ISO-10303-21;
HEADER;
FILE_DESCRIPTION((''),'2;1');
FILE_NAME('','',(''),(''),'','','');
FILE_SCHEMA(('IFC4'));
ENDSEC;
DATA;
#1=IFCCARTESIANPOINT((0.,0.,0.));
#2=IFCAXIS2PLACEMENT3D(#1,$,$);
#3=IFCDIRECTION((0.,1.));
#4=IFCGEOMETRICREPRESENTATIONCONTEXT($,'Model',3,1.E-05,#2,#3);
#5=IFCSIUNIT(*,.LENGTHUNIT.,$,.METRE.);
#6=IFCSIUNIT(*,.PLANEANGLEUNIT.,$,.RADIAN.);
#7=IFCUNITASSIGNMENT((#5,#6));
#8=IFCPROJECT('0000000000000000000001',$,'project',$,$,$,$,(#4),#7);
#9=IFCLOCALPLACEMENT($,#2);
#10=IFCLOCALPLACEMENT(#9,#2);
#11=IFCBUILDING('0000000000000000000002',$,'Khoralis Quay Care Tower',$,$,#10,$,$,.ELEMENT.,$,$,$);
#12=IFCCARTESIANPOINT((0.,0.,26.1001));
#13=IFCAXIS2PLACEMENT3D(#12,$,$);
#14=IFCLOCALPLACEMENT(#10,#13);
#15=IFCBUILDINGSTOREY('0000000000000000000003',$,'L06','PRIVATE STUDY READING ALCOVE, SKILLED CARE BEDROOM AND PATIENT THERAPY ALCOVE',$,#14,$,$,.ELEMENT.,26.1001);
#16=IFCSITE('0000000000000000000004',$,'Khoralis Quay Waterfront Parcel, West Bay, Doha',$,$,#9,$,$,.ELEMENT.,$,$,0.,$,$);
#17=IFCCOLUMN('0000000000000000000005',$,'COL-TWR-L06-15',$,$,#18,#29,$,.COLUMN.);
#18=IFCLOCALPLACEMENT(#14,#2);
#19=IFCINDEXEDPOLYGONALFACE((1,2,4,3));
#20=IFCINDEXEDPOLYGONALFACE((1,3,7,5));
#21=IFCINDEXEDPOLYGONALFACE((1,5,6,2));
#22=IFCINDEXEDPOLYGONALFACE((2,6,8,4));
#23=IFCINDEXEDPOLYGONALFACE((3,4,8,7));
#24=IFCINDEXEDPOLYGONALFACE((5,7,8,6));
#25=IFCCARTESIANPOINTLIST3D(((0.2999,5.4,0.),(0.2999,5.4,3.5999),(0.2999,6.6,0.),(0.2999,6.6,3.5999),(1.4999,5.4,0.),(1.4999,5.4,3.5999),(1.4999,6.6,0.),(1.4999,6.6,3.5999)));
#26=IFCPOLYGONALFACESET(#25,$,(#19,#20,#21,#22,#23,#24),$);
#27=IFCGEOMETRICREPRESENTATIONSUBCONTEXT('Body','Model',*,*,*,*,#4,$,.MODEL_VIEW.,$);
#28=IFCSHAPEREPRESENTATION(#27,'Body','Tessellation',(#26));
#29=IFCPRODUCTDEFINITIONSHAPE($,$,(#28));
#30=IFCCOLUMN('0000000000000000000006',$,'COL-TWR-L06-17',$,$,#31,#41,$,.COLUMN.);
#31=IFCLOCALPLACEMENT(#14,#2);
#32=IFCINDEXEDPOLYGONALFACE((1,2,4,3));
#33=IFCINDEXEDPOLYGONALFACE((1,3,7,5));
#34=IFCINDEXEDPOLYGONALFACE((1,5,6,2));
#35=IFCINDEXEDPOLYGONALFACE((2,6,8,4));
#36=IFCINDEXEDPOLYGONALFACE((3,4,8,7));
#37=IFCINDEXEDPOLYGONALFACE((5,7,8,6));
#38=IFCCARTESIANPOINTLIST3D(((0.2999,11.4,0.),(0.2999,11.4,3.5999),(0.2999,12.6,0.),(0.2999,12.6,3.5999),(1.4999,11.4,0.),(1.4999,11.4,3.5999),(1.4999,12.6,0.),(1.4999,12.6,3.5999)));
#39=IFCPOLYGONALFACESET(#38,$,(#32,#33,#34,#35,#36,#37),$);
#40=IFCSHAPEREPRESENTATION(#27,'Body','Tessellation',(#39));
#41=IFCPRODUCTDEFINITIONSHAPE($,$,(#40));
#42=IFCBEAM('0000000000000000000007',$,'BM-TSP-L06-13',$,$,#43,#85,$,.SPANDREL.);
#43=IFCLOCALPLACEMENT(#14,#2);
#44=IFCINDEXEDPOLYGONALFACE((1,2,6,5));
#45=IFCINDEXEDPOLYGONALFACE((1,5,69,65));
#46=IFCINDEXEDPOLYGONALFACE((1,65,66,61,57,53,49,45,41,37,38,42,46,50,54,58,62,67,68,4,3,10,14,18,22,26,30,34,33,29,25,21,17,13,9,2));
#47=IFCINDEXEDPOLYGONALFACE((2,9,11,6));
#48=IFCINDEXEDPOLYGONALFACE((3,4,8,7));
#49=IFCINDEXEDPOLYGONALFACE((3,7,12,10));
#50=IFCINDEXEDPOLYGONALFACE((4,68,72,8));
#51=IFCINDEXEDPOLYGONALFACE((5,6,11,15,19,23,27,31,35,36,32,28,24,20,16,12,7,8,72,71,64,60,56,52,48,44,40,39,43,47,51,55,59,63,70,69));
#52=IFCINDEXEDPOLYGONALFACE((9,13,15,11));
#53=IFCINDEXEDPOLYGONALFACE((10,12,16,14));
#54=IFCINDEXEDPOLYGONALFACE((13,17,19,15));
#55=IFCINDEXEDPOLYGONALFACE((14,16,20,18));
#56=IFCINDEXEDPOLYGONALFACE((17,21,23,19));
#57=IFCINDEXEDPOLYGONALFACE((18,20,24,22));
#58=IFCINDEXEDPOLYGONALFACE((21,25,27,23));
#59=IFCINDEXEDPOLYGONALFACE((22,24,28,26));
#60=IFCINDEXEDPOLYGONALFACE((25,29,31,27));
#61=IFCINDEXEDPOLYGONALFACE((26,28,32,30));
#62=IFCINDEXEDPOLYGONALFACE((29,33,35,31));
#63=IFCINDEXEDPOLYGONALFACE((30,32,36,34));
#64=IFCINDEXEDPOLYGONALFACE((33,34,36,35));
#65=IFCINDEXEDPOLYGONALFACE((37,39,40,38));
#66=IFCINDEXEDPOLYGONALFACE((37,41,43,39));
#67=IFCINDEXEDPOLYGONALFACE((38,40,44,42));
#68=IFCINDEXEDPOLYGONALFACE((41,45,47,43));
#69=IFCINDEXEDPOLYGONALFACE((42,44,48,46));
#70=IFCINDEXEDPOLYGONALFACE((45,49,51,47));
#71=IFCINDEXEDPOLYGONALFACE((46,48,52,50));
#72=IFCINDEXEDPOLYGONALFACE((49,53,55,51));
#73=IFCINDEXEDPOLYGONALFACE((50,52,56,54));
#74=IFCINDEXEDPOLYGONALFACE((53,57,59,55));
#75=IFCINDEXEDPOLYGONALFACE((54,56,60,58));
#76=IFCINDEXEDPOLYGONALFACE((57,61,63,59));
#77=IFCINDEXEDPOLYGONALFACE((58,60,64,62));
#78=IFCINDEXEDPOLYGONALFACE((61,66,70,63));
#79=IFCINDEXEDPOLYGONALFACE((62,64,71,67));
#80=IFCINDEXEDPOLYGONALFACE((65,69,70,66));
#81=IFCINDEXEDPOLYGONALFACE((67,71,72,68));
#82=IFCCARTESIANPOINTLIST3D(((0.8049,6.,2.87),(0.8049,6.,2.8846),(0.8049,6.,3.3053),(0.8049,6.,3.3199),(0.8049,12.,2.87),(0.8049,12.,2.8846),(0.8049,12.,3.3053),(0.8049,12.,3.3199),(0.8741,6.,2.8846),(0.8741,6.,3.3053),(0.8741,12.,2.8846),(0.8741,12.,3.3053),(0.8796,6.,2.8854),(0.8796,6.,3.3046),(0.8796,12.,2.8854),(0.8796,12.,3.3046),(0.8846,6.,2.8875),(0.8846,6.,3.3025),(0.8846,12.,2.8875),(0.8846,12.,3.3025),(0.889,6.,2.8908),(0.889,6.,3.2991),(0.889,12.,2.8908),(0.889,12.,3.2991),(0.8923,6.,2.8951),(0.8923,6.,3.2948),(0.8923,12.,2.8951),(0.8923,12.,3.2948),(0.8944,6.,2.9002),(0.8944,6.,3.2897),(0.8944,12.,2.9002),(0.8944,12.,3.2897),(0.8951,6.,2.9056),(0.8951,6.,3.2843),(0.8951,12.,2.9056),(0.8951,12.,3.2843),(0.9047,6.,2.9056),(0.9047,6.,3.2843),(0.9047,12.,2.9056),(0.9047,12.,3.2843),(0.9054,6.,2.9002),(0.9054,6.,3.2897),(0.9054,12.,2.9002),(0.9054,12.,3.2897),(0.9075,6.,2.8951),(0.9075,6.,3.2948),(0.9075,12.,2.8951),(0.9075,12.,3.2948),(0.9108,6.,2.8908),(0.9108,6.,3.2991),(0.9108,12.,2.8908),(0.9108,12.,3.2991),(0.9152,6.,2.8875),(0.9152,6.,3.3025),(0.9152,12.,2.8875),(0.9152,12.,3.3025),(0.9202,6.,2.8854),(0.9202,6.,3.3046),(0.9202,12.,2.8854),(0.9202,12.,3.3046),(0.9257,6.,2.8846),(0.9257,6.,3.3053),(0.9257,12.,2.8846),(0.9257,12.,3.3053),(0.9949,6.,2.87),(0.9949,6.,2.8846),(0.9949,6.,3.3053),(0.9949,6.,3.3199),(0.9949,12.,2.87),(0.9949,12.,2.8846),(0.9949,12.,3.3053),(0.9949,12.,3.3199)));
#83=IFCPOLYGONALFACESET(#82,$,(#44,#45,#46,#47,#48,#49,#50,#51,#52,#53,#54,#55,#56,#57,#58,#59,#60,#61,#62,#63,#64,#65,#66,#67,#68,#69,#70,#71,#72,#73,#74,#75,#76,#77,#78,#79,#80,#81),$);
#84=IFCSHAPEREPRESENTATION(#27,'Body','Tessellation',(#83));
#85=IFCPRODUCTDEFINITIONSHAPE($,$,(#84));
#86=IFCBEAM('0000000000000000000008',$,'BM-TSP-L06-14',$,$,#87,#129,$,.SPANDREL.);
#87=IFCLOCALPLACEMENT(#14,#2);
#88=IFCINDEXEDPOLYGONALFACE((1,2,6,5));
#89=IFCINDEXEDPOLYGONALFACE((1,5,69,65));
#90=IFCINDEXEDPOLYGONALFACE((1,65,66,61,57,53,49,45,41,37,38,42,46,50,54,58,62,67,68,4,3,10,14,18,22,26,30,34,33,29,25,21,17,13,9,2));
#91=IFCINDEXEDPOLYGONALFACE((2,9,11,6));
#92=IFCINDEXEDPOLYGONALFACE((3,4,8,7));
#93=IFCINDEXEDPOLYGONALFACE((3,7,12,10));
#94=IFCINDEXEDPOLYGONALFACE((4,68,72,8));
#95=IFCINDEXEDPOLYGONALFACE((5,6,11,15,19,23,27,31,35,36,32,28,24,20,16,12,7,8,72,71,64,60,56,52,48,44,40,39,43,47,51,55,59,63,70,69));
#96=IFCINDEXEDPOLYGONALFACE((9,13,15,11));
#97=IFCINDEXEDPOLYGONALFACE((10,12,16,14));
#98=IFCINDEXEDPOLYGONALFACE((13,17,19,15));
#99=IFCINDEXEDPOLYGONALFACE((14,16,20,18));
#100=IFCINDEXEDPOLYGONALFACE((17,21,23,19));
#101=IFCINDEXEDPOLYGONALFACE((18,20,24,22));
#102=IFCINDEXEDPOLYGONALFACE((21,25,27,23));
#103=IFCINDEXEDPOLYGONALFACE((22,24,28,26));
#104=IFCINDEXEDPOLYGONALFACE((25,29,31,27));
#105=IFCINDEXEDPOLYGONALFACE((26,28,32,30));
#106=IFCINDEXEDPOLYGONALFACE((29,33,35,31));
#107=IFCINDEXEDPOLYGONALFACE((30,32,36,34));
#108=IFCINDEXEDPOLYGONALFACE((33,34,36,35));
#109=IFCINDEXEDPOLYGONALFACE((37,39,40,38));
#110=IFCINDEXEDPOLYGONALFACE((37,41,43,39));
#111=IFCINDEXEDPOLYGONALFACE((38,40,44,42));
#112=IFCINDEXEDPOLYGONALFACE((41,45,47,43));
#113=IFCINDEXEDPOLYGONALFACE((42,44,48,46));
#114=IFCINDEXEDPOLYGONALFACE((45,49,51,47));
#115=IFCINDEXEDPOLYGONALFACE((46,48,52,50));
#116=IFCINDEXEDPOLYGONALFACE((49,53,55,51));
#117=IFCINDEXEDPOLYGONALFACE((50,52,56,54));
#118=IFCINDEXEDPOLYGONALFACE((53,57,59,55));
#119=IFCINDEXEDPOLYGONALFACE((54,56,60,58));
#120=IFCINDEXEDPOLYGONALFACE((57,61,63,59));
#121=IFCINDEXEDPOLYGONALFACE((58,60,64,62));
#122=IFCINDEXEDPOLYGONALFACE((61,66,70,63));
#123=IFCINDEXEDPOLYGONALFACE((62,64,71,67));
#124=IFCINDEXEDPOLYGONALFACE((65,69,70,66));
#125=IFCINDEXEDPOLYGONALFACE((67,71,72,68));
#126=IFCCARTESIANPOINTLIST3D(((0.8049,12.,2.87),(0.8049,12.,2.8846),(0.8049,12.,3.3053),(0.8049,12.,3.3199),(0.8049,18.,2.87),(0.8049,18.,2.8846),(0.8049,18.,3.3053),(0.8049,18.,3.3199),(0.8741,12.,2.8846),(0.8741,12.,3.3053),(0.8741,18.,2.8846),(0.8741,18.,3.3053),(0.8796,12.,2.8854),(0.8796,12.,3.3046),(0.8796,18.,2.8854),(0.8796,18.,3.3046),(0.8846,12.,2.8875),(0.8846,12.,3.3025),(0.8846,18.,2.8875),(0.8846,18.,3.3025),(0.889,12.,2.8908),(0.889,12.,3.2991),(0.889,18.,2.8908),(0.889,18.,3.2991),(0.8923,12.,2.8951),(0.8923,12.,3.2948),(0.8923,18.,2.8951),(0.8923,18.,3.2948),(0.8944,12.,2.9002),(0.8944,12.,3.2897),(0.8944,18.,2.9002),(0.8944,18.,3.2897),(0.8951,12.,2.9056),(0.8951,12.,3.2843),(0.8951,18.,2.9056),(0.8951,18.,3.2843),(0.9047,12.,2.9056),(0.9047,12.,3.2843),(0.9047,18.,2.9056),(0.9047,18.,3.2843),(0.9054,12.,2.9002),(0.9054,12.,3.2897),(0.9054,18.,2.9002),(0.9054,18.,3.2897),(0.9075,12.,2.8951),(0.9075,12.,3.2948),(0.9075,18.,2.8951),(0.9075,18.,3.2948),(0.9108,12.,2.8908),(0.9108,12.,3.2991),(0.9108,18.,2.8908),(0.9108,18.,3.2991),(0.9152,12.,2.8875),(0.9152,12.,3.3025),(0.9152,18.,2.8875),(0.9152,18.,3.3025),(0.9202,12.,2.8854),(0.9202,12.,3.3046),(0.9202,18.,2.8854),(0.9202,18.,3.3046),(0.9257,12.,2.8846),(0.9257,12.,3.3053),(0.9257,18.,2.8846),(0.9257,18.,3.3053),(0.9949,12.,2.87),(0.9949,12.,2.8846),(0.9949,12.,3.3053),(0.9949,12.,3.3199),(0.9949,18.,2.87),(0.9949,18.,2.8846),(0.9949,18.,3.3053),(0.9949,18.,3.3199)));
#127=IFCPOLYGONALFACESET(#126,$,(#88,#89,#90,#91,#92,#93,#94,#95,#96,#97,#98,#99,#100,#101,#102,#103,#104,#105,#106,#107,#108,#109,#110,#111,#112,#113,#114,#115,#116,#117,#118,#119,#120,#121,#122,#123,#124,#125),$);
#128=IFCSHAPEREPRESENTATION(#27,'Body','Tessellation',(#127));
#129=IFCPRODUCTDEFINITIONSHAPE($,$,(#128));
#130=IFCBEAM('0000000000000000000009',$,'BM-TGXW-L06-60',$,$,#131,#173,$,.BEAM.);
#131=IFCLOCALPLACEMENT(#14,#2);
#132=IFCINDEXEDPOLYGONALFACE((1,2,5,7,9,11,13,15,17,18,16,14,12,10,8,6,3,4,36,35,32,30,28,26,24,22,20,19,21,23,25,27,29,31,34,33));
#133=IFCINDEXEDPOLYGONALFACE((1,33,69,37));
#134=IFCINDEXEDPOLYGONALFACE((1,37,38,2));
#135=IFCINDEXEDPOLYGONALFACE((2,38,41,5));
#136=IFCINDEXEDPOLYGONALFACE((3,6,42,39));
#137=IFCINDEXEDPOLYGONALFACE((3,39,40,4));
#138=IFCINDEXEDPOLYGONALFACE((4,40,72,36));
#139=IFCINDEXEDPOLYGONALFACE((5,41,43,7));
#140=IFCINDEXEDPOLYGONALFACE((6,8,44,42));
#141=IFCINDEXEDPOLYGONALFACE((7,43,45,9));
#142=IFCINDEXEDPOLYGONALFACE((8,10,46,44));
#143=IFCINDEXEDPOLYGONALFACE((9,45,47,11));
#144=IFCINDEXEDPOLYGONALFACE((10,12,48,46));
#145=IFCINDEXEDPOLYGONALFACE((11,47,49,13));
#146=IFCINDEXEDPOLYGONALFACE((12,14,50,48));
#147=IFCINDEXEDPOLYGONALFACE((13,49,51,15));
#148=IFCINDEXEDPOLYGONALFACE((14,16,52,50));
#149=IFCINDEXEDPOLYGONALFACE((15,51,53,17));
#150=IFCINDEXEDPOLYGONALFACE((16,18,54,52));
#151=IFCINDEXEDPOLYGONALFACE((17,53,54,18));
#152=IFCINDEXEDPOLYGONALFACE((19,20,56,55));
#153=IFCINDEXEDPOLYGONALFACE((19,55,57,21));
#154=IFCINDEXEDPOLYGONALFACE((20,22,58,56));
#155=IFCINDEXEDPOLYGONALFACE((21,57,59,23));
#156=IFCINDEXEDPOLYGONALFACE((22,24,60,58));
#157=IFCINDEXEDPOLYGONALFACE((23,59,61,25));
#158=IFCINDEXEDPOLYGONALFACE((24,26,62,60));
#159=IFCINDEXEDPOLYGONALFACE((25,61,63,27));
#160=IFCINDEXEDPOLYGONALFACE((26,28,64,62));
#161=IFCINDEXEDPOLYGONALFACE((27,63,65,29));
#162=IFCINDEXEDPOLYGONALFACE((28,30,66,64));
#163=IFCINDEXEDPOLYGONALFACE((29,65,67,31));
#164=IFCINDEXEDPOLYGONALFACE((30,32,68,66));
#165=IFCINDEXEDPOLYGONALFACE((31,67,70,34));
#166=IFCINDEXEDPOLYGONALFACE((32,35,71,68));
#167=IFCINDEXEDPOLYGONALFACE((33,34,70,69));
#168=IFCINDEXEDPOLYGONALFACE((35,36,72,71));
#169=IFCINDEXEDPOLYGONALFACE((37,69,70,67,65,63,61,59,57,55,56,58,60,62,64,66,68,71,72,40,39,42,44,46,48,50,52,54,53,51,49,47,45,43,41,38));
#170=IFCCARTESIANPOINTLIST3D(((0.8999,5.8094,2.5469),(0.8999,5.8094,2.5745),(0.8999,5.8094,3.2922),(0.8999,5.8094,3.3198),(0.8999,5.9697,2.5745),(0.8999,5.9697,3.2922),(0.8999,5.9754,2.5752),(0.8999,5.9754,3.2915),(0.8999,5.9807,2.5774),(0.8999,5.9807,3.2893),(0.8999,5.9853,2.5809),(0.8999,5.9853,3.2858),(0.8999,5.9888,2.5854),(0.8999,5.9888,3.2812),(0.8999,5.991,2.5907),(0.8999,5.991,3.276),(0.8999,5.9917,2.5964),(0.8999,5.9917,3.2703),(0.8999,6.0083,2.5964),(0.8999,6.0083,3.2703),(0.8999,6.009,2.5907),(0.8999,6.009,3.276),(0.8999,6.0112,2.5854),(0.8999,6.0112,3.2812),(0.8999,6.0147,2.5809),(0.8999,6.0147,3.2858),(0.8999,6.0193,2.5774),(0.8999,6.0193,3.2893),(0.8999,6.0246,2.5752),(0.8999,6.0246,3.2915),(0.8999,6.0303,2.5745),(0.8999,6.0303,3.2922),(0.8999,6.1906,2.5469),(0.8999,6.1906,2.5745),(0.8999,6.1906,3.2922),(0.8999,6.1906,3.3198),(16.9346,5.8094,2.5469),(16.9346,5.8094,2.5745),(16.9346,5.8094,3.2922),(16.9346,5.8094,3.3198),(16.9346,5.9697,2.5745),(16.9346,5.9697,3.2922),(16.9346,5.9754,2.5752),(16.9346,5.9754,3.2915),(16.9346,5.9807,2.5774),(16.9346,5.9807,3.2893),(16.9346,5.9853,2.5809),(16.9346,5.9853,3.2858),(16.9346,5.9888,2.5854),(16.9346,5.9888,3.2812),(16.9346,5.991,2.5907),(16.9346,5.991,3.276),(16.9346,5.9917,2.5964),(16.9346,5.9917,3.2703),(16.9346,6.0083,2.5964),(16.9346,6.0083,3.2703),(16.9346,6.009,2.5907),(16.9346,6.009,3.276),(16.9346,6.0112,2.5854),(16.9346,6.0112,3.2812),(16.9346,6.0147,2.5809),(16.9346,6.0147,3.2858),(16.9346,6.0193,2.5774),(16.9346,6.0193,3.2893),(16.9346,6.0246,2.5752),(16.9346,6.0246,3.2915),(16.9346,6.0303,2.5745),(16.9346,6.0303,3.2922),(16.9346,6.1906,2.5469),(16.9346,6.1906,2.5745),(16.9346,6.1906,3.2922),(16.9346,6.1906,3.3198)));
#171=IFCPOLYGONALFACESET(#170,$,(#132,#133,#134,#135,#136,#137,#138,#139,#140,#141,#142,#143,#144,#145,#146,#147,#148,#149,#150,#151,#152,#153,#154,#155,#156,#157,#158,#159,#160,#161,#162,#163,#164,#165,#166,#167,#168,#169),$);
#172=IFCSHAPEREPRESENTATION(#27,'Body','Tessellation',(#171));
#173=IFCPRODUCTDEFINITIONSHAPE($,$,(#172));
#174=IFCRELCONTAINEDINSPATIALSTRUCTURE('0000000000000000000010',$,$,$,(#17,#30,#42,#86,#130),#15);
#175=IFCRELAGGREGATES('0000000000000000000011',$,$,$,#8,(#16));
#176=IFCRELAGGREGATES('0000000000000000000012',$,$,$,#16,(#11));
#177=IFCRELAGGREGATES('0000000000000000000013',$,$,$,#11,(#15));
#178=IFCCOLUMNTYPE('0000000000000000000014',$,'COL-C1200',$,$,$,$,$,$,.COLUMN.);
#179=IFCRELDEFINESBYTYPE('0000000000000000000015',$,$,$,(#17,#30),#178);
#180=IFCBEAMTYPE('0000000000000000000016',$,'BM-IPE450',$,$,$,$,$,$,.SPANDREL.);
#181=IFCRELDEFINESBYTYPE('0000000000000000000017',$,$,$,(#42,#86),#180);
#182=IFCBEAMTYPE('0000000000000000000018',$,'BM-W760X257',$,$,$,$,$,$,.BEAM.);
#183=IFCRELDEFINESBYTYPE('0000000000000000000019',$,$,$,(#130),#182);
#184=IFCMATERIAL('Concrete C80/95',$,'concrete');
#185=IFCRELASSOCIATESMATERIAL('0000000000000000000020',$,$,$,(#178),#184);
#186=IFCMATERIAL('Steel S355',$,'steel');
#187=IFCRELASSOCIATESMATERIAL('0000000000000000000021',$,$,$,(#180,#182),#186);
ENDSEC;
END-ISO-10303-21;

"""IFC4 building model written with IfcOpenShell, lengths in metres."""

from ifc_helpers import new_model, si_unit, direction, frame, origin, origin_2d, place, context, subcontext, project, spatial, rectangle, i_section, extrude, source, transform, mapped, material, material_profile, profile_set, type_object, element, save


model = new_model("IFC4")

# Units and contexts
model_context = context("Model", 3, precision=1e-05, world=origin(), true_north=direction((0.0, 1.0)))
body_context = subcontext(model_context, "Body", "Model", "MODEL_VIEW")
ifc_project = project(units=[si_unit("LENGTHUNIT", "METRE"), si_unit("PLANEANGLEUNIT", "RADIAN")], contexts=[model_context])

# Site, building, storey
site_placement = place(None, origin())
site = spatial("IfcSite", under=ifc_project, at=site_placement, Name="Khoralis Quay Waterfront Parcel, West Bay, Doha", CompositionType="ELEMENT", RefElevation=0.0)
building_placement = place(site_placement, origin())
building = spatial("IfcBuilding", under=site, at=building_placement, Name="Khoralis Quay Care Tower", CompositionType="ELEMENT")
storey_placement = place(building_placement, frame((0.0, 0.0, 26.1001)))
storey = spatial("IfcBuildingStorey", under=building, at=storey_placement, Name="L06", Description="PRIVATE STUDY READING ALCOVE, SKILLED CARE BEDROOM AND PATIENT THERAPY ALCOVE", CompositionType="ELEMENT", Elevation=26.1001)

# Columns
ifc_material_1 = material(Name="Concrete C80/95", Category="concrete")
ifc_material_profile_1 = material_profile(ifc_material_1, rectangle(XDim=1.2, YDim=1.2, at=origin_2d()), Name="Concrete C80/95")
ifc_profile_set_1 = profile_set([ifc_material_profile_1], Name="Concrete C80/95")
column_type = type_object("IfcColumnType", Name="COL-C1200", PredefinedType="COLUMN", material=ifc_profile_set_1)
shared_shape_1 = source(origin(), body_context, "Body", "SweptSolid", [
    extrude(rectangle(XDim=1.2, YDim=1.2, at=origin_2d()), origin(), (0.0, 0.0, 1.0), 3.5999),
])
for number, where, z_axis, x_axis, name in (
    (1, (0.8999, 6.0, 0.0), (0.0, 0.0, 1.0), (1.0, 0.0, 0.0), "COL-TWR-L06-15"),
    (2, (0.8999, 12.0, 0.0), (0.0, 0.0, 1.0), (1.0, 0.0, 0.0), "COL-TWR-L06-17"),
):
    element("IfcColumn", number, at=place(storey_placement, frame(where, z_axis=z_axis, x_axis=x_axis)), inside=storey, type_object=column_type, Name=name, PredefinedType="COLUMN", context=body_context, shape_type="MappedRepresentation", body=[
        mapped(shared_shape_1, transform((0.0, 0.0, 0.0), scale=1.0)),
    ])

# Beams
ifc_material_2 = material(Name="Steel S355", Category="steel")
ifc_material_profile_2 = material_profile(ifc_material_2, i_section(OverallWidth=0.1899, OverallDepth=0.45, WebThickness=0.0095, FlangeThickness=0.0146, FilletRadius=0.021, at=origin_2d()), Name="Steel S355")
ifc_profile_set_2 = profile_set([ifc_material_profile_2], Name="Steel S355")
beam_type_1 = type_object("IfcBeamType", Name="BM-IPE450", PredefinedType="SPANDREL", material=ifc_profile_set_2)
shared_shape_2 = source(origin(), body_context, "Body", "SweptSolid", [
    extrude(i_section(OverallWidth=0.1899, OverallDepth=0.45, WebThickness=0.0095, FlangeThickness=0.0146, FilletRadius=0.021, at=origin_2d()), origin(), (0.0, 0.0, 1.0), 6.0),
])
for number, where, z_axis, x_axis, name in (
    (3, (0.8999, 6.0, 3.095), (0.0, 1.0, 0.0), (-1.0, 0.0, 0.0), "BM-TSP-L06-13"),
    (4, (0.8999, 12.0, 3.095), (0.0, 1.0, 0.0), (-1.0, 0.0, 0.0), "BM-TSP-L06-14"),
):
    element("IfcBeam", number, at=place(storey_placement, frame(where, z_axis=z_axis, x_axis=x_axis)), inside=storey, type_object=beam_type_1, Name=name, PredefinedType="SPANDREL", context=body_context, shape_type="MappedRepresentation", body=[
        mapped(shared_shape_2, transform((0.0, 0.0, 0.0), scale=1.0)),
    ])
ifc_material_profile_3 = material_profile(ifc_material_2, i_section(OverallWidth=0.3811, OverallDepth=0.7729, WebThickness=0.0166, FlangeThickness=0.0276, FilletRadius=0.022, at=origin_2d()), Name="Steel S355")
ifc_profile_set_3 = profile_set([ifc_material_profile_3], Name="Steel S355")
beam_type_2 = type_object("IfcBeamType", Name="BM-W760X257", PredefinedType="BEAM", material=ifc_profile_set_3)
shared_shape_3 = source(origin(), body_context, "Body", "SweptSolid", [
    extrude(i_section(OverallWidth=0.3811, OverallDepth=0.7729, WebThickness=0.0166, FlangeThickness=0.0276, FilletRadius=0.022, at=origin_2d()), origin(), (0.0, 0.0, 1.0), 16.0347),
])
beam_1_placement = place(storey_placement, frame((0.8999, 6.0, 2.9333), z_axis=(1.0, 0.0, 0.0), x_axis=(0.0, 1.0, 0.0)))
element("IfcBeam", 5, at=beam_1_placement, inside=storey, type_object=beam_type_2, Name="BM-TGXW-L06-60", PredefinedType="BEAM", context=body_context, shape_type="MappedRepresentation", body=[
    mapped(shared_shape_3, transform((0.0, 0.0, 0.0), scale=1.0)),
])

save(model, "model.ifc")
